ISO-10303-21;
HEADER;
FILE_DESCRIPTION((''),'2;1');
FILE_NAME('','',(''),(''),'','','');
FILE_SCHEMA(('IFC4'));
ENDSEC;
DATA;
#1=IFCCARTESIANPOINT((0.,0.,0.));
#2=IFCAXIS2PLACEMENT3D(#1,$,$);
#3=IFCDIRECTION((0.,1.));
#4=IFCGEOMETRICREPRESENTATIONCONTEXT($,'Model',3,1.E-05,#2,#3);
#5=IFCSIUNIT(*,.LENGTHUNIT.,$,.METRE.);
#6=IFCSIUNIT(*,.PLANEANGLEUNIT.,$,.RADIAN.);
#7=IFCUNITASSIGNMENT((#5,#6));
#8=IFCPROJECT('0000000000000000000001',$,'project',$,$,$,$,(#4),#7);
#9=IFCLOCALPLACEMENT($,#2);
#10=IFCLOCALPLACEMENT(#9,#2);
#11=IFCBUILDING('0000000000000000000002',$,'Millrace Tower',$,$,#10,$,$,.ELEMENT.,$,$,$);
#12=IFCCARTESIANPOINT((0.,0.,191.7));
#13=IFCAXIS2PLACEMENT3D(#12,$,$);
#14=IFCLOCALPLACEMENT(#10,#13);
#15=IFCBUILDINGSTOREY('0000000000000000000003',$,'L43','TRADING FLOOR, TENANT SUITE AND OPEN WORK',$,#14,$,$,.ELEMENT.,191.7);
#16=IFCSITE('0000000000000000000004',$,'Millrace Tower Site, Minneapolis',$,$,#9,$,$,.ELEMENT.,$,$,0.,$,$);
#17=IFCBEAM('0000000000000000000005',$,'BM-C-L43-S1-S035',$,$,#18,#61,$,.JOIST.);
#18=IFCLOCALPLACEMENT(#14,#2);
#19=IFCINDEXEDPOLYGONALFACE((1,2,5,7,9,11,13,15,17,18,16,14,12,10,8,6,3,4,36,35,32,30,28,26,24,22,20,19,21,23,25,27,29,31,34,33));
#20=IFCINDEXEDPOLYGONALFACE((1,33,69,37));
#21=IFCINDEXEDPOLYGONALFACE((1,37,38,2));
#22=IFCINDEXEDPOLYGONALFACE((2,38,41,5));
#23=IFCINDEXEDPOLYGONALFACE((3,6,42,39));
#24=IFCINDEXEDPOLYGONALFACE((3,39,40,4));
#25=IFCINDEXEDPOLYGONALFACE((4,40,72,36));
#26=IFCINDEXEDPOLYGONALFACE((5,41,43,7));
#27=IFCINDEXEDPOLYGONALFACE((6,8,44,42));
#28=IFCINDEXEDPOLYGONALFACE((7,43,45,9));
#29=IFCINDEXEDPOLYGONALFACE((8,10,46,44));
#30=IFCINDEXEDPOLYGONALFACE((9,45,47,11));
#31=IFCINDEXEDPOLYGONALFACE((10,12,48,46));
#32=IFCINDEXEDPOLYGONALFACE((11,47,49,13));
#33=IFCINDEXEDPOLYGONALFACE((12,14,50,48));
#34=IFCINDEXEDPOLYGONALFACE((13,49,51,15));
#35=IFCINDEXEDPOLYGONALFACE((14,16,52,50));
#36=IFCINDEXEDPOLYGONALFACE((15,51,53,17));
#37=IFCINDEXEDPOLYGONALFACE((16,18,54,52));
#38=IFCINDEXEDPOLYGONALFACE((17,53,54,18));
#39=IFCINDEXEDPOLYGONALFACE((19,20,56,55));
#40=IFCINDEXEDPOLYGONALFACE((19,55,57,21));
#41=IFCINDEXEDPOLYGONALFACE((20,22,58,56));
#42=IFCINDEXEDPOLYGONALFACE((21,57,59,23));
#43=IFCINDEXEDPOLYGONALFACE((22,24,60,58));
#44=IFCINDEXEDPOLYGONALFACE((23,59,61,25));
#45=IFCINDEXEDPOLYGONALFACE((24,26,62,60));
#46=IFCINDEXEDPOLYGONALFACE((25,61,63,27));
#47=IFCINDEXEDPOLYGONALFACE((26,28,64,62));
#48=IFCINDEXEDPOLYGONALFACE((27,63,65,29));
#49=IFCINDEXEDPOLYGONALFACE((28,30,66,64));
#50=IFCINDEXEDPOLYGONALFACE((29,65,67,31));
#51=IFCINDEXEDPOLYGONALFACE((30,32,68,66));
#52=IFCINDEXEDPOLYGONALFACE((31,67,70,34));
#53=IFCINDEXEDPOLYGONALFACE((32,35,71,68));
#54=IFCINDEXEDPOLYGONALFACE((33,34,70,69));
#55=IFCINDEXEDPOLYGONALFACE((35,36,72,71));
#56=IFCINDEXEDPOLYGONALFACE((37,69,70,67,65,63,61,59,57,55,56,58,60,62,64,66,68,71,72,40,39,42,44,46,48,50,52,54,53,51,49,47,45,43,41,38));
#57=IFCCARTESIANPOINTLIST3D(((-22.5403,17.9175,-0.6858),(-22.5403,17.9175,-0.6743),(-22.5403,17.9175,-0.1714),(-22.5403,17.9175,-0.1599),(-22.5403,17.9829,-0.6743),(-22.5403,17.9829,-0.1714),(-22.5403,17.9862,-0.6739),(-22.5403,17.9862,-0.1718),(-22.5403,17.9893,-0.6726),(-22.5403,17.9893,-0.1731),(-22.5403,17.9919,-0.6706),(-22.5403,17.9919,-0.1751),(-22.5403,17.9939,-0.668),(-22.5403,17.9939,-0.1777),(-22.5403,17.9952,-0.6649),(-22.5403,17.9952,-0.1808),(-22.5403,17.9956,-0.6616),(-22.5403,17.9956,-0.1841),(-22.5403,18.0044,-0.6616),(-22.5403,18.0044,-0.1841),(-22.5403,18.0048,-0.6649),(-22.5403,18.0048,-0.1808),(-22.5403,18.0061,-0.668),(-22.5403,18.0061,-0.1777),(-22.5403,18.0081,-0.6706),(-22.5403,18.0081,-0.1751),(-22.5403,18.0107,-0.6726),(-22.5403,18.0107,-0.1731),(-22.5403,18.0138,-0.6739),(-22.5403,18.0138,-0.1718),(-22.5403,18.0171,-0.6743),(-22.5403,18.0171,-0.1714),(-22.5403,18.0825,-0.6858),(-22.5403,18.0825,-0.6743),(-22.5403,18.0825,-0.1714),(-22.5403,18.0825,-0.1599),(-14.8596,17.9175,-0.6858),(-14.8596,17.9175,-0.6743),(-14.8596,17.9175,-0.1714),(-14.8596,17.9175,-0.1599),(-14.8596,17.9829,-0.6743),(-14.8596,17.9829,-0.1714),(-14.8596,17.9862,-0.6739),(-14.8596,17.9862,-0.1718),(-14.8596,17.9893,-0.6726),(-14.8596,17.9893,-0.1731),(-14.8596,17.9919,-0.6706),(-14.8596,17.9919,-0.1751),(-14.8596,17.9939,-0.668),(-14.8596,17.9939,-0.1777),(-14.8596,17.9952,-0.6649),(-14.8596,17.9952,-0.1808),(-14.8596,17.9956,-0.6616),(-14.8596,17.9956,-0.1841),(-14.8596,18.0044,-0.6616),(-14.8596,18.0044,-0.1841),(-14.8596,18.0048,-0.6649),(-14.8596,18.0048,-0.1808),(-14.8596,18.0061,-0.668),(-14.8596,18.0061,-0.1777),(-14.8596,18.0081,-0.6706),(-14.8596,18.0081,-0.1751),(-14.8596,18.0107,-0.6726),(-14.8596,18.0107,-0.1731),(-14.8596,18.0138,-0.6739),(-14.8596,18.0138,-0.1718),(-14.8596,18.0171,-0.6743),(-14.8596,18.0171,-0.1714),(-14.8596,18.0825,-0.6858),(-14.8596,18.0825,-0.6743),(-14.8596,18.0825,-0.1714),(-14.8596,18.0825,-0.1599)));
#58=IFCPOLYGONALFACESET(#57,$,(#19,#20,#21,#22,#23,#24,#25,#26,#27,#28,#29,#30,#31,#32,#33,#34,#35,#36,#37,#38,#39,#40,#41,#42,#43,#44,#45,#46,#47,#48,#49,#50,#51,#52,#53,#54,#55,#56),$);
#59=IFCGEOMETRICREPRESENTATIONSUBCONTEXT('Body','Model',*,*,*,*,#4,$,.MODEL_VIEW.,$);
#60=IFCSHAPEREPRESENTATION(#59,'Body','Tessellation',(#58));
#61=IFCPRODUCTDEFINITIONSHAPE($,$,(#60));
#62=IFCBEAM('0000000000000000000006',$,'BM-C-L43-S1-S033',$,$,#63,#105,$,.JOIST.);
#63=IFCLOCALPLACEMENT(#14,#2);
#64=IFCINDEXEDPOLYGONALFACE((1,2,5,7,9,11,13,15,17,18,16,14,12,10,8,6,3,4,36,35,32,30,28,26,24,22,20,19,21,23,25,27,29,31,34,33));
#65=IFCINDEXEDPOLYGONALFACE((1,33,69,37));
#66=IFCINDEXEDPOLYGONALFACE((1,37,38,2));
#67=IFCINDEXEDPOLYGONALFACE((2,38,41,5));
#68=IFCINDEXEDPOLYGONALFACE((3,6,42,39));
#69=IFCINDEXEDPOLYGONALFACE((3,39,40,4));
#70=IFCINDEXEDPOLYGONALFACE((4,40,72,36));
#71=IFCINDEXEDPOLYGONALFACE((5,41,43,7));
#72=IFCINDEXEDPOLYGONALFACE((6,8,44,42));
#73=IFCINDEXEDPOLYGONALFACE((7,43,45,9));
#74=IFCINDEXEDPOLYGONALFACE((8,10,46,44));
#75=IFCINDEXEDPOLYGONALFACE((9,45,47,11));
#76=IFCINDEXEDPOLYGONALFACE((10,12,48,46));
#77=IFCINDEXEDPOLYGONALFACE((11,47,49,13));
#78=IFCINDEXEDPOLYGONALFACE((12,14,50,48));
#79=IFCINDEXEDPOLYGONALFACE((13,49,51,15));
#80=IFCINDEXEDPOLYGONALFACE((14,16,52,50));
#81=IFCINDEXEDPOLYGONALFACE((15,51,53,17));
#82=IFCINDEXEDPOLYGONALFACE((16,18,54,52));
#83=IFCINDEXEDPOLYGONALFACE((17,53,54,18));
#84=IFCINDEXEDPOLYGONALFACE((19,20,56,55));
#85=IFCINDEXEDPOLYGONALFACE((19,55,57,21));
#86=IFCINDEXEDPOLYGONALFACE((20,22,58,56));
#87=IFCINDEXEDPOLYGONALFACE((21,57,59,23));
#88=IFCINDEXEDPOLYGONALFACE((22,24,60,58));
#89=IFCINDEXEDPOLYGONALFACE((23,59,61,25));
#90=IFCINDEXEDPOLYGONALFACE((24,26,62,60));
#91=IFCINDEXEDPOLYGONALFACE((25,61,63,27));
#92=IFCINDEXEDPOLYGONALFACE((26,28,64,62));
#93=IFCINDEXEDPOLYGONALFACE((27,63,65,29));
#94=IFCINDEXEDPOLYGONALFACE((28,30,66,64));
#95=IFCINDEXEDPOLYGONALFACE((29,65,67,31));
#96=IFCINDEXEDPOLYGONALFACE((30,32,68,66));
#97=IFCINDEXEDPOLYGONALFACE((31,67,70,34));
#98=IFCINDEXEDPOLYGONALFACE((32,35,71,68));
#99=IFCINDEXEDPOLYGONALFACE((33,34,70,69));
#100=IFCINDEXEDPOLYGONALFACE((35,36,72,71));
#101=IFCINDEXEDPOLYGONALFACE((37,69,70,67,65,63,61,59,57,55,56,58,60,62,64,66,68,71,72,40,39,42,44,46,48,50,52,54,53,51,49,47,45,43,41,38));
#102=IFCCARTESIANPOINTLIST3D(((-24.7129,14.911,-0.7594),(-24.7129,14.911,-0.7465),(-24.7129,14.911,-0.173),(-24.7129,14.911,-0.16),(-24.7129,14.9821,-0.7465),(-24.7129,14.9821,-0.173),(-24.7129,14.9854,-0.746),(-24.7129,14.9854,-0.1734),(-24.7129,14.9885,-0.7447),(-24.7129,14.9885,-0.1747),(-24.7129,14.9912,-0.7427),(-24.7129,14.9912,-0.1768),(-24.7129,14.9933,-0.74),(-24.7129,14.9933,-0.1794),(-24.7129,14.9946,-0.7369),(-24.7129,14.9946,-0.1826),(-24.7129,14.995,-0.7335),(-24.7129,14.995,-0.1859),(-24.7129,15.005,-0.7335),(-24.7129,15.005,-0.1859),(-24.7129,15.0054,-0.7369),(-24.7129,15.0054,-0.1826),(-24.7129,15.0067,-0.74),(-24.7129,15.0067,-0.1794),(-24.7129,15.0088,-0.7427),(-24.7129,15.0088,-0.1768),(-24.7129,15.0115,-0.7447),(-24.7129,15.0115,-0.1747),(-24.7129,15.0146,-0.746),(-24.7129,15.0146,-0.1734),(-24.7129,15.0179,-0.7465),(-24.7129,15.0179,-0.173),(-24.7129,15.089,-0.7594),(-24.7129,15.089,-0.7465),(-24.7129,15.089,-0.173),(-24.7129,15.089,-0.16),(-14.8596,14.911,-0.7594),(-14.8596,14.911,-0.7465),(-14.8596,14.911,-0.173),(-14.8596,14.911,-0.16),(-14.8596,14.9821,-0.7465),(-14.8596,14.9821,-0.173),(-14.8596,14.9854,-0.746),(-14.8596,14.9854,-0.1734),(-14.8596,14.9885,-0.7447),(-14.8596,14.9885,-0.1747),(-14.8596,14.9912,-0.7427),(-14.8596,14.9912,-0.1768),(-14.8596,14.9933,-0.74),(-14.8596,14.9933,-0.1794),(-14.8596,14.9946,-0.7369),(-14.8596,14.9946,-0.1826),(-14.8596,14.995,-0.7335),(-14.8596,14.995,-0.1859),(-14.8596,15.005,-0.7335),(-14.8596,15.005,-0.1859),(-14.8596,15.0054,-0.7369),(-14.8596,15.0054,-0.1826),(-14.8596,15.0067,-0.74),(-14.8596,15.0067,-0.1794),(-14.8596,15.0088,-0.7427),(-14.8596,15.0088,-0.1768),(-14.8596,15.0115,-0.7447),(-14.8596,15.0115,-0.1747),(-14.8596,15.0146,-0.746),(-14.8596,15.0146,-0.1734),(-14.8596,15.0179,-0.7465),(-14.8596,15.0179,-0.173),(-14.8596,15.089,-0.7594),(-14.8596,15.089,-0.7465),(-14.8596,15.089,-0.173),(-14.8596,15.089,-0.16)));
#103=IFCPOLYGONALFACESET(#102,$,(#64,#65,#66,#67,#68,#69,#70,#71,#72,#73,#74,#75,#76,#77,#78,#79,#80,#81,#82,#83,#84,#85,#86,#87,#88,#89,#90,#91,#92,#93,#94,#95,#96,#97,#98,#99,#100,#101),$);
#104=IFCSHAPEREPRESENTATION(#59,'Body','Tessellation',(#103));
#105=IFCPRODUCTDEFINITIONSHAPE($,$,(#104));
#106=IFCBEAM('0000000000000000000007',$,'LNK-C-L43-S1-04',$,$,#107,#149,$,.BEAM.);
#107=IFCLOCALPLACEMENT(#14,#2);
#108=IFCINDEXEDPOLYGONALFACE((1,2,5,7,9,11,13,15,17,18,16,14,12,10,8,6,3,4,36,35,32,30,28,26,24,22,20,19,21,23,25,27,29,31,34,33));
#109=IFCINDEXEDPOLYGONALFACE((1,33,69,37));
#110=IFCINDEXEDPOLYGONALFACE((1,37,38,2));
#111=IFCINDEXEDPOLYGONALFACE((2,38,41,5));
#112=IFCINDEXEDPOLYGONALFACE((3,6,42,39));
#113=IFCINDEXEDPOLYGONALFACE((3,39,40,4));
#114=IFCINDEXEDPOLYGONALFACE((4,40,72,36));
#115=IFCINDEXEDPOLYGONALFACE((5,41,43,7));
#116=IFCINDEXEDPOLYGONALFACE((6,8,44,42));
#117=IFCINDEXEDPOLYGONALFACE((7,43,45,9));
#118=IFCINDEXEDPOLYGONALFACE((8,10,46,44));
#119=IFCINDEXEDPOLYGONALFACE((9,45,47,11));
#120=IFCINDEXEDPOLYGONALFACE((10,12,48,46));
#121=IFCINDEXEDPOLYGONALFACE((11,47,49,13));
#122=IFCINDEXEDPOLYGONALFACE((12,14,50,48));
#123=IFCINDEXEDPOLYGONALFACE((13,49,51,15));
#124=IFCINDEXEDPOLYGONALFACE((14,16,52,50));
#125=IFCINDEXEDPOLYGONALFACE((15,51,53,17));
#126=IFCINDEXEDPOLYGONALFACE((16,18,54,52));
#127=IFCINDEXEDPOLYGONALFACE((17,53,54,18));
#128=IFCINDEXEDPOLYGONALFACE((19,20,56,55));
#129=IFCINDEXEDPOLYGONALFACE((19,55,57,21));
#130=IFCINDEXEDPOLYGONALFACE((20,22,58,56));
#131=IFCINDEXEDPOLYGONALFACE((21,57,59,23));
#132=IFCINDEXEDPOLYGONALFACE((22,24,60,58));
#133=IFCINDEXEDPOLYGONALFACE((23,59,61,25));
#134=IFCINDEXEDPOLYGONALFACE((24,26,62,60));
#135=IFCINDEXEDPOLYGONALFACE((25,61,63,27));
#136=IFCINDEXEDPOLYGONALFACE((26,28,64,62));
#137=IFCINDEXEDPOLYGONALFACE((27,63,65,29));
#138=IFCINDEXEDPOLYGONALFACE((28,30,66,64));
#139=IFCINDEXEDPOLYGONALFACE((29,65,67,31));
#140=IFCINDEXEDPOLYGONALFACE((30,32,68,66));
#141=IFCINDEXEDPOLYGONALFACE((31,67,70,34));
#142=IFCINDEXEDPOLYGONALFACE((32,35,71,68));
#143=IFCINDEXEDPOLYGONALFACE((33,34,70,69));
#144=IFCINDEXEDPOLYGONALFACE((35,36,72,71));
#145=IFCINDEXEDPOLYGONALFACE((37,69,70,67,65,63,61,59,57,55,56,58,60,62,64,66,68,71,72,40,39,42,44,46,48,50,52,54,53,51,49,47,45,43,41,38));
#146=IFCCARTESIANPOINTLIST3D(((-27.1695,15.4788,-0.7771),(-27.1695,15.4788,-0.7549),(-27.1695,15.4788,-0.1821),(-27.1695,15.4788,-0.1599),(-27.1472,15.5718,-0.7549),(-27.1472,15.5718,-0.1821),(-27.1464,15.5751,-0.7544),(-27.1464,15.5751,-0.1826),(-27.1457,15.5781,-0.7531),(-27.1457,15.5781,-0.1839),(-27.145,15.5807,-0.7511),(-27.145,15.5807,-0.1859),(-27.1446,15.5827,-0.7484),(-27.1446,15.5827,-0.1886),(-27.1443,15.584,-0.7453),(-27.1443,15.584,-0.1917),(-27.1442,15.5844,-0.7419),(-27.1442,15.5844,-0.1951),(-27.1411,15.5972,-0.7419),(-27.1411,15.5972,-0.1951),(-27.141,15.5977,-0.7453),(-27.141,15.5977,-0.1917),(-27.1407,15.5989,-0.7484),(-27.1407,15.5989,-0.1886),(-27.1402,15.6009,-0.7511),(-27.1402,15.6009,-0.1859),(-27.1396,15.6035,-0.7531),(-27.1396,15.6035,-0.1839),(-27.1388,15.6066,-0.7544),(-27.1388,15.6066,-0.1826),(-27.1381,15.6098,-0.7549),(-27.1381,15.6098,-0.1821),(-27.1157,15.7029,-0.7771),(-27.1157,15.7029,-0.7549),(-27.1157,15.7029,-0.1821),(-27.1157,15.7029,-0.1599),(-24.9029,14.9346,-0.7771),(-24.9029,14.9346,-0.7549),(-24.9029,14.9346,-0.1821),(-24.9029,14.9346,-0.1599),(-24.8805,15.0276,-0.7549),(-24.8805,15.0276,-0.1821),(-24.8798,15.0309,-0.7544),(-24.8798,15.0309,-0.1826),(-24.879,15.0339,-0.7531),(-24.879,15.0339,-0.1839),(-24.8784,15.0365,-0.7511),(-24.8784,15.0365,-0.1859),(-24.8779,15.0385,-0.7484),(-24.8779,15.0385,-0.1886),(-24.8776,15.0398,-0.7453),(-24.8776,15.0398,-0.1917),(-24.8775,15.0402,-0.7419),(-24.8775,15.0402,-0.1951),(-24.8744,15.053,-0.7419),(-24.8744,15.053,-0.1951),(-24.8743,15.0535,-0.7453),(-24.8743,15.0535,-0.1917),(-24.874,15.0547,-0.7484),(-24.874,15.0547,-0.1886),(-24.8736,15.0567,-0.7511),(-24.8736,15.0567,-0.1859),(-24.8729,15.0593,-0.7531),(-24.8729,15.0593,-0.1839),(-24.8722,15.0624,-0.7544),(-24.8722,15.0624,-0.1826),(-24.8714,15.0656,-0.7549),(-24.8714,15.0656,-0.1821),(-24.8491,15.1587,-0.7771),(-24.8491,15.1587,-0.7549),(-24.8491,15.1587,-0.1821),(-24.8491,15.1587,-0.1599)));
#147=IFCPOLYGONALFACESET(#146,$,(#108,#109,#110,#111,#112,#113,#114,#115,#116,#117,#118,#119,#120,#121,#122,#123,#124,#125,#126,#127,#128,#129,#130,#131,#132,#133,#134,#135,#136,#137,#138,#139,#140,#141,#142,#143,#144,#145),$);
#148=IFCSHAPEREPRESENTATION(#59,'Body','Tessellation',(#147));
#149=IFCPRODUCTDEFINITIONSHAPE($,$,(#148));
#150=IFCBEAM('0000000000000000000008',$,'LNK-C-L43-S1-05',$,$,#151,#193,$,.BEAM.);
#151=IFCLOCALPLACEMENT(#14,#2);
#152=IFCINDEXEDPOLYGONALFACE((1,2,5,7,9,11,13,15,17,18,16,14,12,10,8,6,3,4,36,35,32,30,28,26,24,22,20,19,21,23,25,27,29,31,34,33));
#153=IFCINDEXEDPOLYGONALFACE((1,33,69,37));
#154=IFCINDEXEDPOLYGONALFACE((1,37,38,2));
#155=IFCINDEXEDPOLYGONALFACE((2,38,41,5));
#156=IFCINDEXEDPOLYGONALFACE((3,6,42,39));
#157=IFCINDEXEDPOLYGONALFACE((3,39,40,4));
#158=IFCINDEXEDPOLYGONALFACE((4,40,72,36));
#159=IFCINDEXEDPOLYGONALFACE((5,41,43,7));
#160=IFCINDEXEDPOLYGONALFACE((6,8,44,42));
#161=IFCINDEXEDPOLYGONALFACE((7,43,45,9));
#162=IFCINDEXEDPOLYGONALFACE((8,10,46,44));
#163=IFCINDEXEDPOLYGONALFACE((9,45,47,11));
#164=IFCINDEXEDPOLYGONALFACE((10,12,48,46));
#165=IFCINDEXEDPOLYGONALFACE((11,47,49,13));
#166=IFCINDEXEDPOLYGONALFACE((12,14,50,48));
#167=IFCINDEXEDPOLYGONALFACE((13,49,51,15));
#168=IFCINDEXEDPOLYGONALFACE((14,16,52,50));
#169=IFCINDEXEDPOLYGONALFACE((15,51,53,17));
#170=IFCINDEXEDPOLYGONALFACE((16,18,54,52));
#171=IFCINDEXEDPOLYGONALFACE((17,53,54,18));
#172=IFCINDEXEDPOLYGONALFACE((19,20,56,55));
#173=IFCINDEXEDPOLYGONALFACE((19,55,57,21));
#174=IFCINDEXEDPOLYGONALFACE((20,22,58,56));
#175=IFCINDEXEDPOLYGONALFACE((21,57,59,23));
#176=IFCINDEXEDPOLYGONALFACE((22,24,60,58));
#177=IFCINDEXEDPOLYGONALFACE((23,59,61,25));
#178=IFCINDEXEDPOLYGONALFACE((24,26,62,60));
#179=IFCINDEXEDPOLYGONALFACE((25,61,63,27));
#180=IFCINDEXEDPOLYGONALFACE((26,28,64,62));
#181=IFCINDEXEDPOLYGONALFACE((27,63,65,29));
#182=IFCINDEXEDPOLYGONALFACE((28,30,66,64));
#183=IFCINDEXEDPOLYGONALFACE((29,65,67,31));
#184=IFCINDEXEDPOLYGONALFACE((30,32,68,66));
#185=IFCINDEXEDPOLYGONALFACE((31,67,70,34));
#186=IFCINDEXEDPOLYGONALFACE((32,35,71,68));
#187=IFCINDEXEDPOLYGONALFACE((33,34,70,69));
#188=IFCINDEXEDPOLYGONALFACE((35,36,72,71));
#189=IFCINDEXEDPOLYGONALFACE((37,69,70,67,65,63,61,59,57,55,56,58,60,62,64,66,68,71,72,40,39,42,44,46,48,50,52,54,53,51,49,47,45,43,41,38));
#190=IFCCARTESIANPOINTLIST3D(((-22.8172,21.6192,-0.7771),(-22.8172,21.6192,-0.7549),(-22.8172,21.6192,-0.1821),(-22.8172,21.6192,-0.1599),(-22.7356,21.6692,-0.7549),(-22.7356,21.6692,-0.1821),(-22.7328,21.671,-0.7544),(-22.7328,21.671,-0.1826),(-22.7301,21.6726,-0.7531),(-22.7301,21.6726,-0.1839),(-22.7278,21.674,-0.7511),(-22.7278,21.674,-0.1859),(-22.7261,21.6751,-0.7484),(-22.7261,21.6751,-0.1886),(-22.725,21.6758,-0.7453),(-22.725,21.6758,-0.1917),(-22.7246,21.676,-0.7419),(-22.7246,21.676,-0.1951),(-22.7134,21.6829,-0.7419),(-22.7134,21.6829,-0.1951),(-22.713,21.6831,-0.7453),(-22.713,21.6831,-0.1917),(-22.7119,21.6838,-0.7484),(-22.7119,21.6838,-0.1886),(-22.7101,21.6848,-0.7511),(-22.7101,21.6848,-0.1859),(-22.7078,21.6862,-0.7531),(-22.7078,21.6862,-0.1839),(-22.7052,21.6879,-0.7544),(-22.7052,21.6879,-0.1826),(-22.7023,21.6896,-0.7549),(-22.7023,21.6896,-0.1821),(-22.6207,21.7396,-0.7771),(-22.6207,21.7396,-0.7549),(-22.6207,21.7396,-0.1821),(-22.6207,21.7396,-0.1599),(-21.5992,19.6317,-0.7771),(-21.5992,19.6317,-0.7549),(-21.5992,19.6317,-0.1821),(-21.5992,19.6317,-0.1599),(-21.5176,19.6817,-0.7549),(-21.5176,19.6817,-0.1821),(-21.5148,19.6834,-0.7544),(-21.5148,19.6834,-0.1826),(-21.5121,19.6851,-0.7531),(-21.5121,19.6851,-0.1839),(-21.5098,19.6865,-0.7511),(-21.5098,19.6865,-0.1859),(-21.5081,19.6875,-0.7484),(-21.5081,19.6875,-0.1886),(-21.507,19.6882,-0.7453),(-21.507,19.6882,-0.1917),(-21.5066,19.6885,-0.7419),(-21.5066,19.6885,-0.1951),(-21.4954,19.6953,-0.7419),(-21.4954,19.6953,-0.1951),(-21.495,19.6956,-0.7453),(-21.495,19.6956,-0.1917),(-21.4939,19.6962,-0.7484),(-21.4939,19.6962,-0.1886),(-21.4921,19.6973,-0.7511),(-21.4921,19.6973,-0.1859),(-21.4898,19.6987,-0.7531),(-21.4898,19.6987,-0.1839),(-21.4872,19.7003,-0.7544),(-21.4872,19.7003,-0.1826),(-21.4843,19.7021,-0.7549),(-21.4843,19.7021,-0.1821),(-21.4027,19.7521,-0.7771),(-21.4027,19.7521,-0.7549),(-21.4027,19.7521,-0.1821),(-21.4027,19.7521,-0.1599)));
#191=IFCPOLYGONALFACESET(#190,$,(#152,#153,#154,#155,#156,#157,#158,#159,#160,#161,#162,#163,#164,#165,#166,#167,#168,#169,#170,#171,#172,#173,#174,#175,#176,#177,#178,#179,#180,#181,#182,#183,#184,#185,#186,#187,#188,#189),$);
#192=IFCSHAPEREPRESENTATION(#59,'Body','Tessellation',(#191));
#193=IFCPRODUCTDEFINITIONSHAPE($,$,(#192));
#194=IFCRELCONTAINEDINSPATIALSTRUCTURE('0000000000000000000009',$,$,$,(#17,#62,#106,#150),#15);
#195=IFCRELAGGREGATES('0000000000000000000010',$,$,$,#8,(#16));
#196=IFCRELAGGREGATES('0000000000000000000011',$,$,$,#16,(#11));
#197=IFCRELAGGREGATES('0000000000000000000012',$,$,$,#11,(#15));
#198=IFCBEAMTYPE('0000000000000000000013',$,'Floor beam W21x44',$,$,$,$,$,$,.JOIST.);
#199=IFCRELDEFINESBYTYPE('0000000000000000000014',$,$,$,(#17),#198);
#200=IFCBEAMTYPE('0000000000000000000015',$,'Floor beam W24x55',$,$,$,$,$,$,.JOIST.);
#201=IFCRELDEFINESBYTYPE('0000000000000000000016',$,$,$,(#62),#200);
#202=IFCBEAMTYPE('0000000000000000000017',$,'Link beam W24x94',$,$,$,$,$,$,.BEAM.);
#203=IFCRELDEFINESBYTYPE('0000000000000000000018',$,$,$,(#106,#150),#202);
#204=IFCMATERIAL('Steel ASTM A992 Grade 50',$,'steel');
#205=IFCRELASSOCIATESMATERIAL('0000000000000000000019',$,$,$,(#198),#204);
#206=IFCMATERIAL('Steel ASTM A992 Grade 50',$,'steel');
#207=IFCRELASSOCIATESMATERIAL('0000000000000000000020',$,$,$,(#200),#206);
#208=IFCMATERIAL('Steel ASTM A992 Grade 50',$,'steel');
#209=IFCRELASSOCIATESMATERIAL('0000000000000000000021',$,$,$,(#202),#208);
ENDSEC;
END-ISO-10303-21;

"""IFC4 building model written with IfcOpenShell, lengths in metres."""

from ifc_helpers import new_model, si_unit, direction, frame, origin, origin_2d, place, context, subcontext, project, spatial, i_section, extrude, material, material_profile, profile_set, type_object, element, save


model = new_model("IFC4")

# Units and contexts
model_context = context("Model", 3, precision=1e-05, world=origin(), true_north=direction((0.0, 1.0)))
body_context = subcontext(model_context, "Body", "Model", "MODEL_VIEW")
ifc_project = project(units=[si_unit("LENGTHUNIT", "METRE"), si_unit("PLANEANGLEUNIT", "RADIAN")], contexts=[model_context])

# Site, building, storey
site_placement = place(None, origin())
site = spatial("IfcSite", under=ifc_project, at=site_placement, Name="Millrace Tower Site, Minneapolis", CompositionType="ELEMENT", RefElevation=0.0)
building_placement = place(site_placement, origin())
building = spatial("IfcBuilding", under=site, at=building_placement, Name="Millrace Tower", CompositionType="ELEMENT")
storey_placement = place(building_placement, frame((0.0, 0.0, 191.7)))
storey = spatial("IfcBuildingStorey", under=building, at=storey_placement, Name="L43", Description="TRADING FLOOR, TENANT SUITE AND OPEN WORK", CompositionType="ELEMENT", Elevation=191.7)

# Beams
ifc_material_1 = material(Name="Steel ASTM A992 Grade 50", Category="steel")
ifc_material_profile_1 = material_profile(ifc_material_1, i_section(OverallWidth=0.165, OverallDepth=0.5259, WebThickness=0.0088, FlangeThickness=0.0115, FilletRadius=0.0127, at=origin_2d()))
ifc_profile_set_1 = profile_set([ifc_material_profile_1], Name="Steel ASTM A992 Grade 50")
beam_type_1 = type_object("IfcBeamType", Name="Floor beam W21x44", PredefinedType="JOIST", material=ifc_profile_set_1)
beam_1_placement = place(storey_placement, frame((-22.5403, 18.0, -0.4229), z_axis=(1.0, 0.0, 0.0), x_axis=(0.0, 1.0, 0.0)))
element("IfcBeam", 1, at=beam_1_placement, inside=storey, type_object=beam_type_1, Name="BM-C-L43-S1-S035", PredefinedType="JOIST", context=body_context, shape_type="SweptSolid", body=[
    extrude(i_section(OverallWidth=0.165, OverallDepth=0.5259, WebThickness=0.0088, FlangeThickness=0.0115, FilletRadius=0.0127, at=origin_2d()), origin(), (0.0, 0.0, 1.0), 7.6807),
])
ifc_material_2 = material(Name="Steel ASTM A992 Grade 50", Category="steel")
ifc_material_profile_2 = material_profile(ifc_material_2, i_section(OverallWidth=0.178, OverallDepth=0.5994, WebThickness=0.01, FlangeThickness=0.0129, FilletRadius=0.0129, at=origin_2d()))
ifc_profile_set_2 = profile_set([ifc_material_profile_2], Name="Steel ASTM A992 Grade 50")
beam_type_2 = type_object("IfcBeamType", Name="Floor beam W24x55", PredefinedType="JOIST", material=ifc_profile_set_2)
beam_2_placement = place(storey_placement, frame((-24.7129, 15.0, -0.4597), z_axis=(1.0, 0.0, 0.0), x_axis=(0.0, 1.0, 0.0)))
element("IfcBeam", 2, at=beam_2_placement, inside=storey, type_object=beam_type_2, Name="BM-C-L43-S1-S033", PredefinedType="JOIST", context=body_context, shape_type="SweptSolid", body=[
    extrude(i_section(OverallWidth=0.178, OverallDepth=0.5994, WebThickness=0.01, FlangeThickness=0.0129, FilletRadius=0.0129, at=origin_2d()), origin(), (0.0, 0.0, 1.0), 9.8533),
])
ifc_material_3 = material(Name="Steel ASTM A992 Grade 50", Category="steel")
ifc_material_profile_3 = material_profile(ifc_material_3, i_section(OverallWidth=0.2305, OverallDepth=0.6172, WebThickness=0.0132, FlangeThickness=0.0222, FilletRadius=0.0129, at=origin_2d()))
ifc_profile_set_3 = profile_set([ifc_material_profile_3], Name="Steel ASTM A992 Grade 50")
beam_type_3 = type_object("IfcBeamType", Name="Link beam W24x94", PredefinedType="BEAM", material=ifc_profile_set_3)
for number, where, z_axis, x_axis, name in (
    (3, (-24.876, 15.0466, -0.4685), (-0.972367, 0.233456, 0.0), (-0.233456, -0.972367, 0.0), "LNK-C-L43-S1-04"),
    (4, (-21.501, 19.6919, -0.4685), (-0.522513, 0.852631, 0.0), (-0.852631, -0.522513, 0.0), "LNK-C-L43-S1-05"),
):
    element("IfcBeam", number, at=place(storey_placement, frame(where, z_axis=z_axis, x_axis=x_axis)), inside=storey, type_object=beam_type_3, Name=name, PredefinedType="BEAM", context=body_context, shape_type="SweptSolid", body=[
        extrude(i_section(OverallWidth=0.2305, OverallDepth=0.6172, WebThickness=0.0132, FlangeThickness=0.0222, FilletRadius=0.0129, at=origin_2d()), origin(), (0.0, 0.0, 1.0), 2.3311),
    ])

save(model, "model.ifc")
